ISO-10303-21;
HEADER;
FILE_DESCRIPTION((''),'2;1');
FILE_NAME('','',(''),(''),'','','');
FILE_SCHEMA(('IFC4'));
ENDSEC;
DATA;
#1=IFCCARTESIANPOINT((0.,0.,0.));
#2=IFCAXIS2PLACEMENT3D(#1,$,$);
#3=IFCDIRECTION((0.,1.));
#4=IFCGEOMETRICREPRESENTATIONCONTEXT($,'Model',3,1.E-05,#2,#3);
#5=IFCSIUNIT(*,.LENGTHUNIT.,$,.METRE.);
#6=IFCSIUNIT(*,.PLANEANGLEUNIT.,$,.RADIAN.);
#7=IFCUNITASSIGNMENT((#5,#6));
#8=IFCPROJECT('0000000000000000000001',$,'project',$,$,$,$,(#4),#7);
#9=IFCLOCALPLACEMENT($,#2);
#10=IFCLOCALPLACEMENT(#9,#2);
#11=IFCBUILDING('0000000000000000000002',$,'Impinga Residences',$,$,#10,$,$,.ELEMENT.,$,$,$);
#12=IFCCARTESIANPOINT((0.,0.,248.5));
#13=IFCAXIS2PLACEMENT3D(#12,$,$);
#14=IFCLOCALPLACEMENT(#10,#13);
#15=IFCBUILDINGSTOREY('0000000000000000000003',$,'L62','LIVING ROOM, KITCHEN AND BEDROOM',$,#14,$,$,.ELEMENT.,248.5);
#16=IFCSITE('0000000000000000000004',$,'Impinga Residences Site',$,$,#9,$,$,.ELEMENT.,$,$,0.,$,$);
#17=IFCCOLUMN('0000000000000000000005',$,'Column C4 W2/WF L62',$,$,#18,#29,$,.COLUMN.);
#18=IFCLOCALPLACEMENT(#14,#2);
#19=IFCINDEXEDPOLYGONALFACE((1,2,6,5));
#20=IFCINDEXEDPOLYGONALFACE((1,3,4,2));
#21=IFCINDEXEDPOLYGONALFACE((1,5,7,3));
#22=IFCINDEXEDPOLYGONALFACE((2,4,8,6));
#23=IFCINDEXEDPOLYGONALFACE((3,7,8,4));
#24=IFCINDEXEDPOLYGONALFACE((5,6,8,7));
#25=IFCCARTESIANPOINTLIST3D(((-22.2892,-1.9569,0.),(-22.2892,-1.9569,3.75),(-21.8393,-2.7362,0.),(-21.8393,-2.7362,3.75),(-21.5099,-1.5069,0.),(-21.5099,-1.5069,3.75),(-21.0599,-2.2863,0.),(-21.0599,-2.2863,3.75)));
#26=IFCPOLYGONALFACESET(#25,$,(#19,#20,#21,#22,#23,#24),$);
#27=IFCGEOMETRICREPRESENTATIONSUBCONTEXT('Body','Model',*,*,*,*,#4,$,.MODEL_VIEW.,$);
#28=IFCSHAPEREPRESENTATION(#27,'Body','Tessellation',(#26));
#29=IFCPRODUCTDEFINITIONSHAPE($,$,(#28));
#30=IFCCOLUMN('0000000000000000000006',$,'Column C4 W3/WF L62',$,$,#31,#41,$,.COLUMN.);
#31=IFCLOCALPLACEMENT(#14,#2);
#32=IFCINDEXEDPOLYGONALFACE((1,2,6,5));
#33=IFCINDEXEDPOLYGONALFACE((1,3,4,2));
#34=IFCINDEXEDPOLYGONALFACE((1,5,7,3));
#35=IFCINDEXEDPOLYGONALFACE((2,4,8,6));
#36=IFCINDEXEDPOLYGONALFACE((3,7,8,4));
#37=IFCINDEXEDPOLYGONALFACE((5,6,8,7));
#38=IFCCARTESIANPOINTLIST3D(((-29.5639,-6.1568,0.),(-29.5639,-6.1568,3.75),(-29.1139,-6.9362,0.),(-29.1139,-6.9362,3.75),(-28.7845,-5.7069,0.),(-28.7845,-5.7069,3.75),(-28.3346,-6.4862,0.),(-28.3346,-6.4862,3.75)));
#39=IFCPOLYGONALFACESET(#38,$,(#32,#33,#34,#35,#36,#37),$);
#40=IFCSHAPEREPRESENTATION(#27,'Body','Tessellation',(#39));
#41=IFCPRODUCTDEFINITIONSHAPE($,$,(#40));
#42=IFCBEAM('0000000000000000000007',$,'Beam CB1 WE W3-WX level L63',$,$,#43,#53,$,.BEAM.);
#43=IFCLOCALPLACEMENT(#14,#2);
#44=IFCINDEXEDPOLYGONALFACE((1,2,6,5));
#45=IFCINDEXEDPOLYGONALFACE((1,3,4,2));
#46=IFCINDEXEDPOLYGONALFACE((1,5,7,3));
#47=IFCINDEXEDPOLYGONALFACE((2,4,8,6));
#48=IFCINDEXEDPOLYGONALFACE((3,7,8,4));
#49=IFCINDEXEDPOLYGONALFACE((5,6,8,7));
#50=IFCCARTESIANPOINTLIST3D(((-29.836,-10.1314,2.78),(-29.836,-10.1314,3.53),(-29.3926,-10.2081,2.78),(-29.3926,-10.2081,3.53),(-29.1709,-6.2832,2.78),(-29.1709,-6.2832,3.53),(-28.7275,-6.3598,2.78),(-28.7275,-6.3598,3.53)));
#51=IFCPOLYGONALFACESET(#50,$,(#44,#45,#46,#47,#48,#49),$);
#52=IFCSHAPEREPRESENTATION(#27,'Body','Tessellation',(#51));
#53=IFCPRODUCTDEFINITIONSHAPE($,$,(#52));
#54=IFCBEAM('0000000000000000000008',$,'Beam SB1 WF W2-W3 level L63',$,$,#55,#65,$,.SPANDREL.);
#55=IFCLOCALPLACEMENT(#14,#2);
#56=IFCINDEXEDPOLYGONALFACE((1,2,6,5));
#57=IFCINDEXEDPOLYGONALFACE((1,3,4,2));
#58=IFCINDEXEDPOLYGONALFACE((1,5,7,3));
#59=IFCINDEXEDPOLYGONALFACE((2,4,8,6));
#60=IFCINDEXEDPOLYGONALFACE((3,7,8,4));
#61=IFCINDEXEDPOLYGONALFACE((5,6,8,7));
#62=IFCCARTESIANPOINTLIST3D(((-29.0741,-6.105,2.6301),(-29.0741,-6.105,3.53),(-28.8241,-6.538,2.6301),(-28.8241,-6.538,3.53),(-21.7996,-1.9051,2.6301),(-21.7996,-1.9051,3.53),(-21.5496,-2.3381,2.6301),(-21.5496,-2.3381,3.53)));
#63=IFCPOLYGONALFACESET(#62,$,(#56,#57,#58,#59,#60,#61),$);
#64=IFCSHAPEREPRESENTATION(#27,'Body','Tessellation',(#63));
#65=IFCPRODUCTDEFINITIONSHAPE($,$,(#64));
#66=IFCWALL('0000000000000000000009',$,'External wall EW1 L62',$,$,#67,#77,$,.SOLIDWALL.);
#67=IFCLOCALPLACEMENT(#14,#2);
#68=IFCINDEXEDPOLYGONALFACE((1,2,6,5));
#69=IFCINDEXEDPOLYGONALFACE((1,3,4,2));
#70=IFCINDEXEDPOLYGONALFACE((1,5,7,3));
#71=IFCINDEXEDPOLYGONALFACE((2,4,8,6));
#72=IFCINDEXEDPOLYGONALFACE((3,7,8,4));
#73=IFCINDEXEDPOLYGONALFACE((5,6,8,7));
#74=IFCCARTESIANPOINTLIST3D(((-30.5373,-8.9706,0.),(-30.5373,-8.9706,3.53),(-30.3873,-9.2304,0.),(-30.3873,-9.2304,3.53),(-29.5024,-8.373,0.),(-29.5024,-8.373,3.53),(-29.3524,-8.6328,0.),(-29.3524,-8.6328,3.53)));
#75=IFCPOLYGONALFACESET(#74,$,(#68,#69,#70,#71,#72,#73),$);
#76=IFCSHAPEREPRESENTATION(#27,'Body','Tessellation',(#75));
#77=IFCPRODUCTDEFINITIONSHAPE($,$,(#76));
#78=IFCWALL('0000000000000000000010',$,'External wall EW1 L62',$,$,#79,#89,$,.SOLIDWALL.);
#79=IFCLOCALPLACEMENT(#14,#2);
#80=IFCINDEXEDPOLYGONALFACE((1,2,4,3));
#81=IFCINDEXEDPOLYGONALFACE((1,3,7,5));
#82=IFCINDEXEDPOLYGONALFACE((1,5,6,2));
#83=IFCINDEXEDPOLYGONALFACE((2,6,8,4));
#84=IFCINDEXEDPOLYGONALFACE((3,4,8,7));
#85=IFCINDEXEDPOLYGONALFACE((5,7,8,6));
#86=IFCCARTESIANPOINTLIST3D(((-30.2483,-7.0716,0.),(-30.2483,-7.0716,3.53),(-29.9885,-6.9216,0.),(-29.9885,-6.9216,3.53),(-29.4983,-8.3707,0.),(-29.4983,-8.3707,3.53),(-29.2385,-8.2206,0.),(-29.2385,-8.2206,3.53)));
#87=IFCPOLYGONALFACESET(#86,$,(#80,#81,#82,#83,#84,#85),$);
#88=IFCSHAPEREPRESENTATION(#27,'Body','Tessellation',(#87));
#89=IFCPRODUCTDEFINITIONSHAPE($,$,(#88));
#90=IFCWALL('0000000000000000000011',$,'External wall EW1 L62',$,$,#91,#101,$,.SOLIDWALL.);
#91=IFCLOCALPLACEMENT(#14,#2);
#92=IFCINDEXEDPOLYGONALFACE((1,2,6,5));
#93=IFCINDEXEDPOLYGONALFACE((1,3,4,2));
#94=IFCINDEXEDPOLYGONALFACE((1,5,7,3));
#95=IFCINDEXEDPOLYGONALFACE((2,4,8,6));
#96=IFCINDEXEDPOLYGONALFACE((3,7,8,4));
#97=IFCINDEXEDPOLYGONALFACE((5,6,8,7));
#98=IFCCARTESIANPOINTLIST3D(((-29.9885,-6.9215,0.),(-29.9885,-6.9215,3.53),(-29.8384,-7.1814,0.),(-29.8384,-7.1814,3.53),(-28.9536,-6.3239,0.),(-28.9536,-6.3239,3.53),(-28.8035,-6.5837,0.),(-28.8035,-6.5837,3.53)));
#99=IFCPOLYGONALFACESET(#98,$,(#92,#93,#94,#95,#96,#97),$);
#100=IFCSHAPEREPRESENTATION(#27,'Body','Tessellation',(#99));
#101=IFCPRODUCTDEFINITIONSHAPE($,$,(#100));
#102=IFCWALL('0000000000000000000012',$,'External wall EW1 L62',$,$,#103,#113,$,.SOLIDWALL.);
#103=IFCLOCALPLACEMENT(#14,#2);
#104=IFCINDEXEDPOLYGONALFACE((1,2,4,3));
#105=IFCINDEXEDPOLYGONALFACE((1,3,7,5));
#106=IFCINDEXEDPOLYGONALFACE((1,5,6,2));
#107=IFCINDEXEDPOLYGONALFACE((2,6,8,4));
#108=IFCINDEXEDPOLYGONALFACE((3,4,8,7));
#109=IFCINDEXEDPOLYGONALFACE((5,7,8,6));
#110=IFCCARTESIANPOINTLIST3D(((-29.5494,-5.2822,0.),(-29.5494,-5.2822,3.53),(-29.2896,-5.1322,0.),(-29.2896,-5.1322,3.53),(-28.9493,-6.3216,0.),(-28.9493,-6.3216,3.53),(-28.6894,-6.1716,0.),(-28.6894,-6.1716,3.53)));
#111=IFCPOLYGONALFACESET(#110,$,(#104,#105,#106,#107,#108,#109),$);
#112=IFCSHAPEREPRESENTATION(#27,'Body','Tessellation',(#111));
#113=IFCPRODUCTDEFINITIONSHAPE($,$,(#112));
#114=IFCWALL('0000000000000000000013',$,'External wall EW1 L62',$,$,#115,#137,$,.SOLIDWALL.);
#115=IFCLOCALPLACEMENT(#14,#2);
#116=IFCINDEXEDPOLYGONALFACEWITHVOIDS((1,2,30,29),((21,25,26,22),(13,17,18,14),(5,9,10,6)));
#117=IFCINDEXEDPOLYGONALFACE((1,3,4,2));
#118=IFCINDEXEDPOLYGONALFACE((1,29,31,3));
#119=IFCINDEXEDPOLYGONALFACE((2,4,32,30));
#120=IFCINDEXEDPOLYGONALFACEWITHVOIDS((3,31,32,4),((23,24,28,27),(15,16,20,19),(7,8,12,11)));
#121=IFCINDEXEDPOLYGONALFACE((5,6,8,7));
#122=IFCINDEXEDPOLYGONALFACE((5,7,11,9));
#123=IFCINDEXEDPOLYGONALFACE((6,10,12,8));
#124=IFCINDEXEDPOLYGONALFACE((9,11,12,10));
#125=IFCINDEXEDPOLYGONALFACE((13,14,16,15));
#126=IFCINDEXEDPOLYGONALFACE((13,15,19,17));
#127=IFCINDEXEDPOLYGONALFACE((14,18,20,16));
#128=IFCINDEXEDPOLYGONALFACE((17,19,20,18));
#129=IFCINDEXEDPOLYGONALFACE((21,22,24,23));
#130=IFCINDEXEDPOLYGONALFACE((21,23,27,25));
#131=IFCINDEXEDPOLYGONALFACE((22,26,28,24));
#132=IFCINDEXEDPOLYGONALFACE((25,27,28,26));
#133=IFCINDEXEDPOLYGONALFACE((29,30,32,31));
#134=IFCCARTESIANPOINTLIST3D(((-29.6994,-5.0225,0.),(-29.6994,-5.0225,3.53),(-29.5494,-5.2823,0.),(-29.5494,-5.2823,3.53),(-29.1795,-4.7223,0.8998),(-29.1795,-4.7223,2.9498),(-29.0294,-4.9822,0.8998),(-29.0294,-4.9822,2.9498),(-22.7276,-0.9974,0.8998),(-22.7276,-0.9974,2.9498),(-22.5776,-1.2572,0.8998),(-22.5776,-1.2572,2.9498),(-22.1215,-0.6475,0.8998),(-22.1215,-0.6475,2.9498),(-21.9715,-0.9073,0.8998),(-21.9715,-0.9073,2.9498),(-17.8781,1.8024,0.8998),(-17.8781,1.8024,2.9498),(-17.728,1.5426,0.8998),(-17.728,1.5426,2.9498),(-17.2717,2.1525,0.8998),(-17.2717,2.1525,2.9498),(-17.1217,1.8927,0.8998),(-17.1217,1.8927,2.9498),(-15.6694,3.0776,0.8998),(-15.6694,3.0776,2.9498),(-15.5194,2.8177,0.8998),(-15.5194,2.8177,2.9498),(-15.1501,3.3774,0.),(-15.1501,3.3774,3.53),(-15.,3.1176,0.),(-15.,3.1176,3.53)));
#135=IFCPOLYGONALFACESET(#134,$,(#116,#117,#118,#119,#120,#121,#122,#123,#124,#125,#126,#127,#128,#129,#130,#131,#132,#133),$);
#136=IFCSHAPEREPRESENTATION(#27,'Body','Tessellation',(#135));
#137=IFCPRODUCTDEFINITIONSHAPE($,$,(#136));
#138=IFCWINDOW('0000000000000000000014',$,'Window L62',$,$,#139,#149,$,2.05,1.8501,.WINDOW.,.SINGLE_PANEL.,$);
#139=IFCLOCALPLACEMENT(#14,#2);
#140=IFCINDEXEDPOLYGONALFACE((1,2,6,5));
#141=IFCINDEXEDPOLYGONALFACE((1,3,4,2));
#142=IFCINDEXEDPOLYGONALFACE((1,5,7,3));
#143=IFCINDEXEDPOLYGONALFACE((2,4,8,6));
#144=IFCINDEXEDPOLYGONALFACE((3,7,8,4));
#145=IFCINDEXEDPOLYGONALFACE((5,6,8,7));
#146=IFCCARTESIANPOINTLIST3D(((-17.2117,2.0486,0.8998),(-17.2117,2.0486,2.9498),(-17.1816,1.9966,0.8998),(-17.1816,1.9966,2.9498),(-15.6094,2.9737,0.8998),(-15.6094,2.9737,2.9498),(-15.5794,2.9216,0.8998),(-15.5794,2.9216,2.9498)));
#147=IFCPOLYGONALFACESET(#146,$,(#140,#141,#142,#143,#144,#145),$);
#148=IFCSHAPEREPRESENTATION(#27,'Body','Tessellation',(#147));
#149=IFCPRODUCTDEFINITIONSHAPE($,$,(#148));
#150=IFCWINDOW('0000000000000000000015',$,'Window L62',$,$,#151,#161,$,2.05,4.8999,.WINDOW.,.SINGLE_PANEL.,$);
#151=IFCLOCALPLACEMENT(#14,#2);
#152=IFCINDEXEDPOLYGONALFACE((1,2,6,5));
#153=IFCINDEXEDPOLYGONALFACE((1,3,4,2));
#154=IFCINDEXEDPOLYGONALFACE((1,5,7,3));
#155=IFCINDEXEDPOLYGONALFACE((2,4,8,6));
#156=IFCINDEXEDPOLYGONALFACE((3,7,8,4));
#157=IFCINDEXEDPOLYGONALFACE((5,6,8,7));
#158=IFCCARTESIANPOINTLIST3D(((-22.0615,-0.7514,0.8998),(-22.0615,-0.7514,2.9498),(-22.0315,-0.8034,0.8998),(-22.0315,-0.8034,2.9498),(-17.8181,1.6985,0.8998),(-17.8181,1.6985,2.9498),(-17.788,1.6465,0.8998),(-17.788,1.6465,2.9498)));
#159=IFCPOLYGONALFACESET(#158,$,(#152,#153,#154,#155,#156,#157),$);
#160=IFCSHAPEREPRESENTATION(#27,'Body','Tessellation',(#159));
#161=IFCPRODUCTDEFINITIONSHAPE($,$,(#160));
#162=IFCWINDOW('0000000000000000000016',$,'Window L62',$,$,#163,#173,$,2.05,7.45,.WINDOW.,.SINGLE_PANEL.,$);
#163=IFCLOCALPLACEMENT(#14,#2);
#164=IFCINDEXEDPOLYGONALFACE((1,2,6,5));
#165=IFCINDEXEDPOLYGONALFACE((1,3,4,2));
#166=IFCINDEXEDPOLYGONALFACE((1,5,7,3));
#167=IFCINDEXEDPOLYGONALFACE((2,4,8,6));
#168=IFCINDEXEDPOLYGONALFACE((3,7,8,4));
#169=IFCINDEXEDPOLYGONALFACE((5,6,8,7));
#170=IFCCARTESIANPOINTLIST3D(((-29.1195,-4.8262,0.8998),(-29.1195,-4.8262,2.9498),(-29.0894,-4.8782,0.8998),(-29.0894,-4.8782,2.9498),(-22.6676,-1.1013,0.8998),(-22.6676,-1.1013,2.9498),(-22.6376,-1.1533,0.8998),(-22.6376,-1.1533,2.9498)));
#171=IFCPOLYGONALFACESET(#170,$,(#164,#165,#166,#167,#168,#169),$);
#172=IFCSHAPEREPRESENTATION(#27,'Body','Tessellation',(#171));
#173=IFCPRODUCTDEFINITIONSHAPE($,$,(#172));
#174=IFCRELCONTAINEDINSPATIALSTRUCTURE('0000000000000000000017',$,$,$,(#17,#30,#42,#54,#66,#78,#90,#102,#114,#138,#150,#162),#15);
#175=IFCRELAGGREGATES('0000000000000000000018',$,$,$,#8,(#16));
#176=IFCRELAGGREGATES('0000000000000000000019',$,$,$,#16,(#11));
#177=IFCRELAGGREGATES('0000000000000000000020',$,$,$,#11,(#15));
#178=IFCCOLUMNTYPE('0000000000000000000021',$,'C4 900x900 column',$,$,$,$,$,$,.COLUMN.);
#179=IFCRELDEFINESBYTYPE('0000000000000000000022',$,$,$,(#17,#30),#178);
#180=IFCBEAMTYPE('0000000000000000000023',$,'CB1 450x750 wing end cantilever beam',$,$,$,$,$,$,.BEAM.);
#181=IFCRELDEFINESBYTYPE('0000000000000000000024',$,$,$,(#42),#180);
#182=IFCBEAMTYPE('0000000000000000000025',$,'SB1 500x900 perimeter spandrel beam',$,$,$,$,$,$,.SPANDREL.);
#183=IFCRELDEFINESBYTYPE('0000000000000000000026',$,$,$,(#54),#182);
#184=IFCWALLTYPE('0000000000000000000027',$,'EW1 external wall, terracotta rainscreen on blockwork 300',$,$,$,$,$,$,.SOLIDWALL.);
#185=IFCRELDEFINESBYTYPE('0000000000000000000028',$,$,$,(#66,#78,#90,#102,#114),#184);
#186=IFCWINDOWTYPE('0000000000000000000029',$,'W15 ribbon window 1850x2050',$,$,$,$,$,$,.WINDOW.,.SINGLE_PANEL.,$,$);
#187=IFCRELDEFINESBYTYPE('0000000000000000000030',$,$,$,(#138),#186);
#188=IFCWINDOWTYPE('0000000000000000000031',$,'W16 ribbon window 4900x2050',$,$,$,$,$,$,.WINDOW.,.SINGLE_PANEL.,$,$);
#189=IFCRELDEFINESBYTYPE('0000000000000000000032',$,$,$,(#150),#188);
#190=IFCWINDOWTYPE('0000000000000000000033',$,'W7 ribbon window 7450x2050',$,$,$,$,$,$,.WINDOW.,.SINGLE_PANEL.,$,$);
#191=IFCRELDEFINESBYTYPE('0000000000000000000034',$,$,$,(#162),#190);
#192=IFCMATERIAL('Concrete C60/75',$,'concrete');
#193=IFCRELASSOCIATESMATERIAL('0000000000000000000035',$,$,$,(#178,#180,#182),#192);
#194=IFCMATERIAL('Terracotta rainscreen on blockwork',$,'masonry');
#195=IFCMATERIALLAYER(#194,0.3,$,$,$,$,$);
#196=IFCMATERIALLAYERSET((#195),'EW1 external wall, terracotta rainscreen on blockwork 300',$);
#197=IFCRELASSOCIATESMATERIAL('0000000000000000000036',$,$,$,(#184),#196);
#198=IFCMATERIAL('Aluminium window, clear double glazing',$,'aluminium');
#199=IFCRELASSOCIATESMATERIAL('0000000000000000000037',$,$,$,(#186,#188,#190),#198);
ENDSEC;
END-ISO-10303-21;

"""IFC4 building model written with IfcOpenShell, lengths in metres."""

from ifc_helpers import new_model, si_unit, direction, frame, frame_2d, origin, origin_2d, place, context, subcontext, project, spatial, rectangle, extrude, material, layer, layer_set, material_profile, profile_set, type_object, element, fill, save


model = new_model("IFC4")

# Units and contexts
model_context = context("Model", 3, precision=1e-05, world=origin(), true_north=direction((0.0, 1.0)))
body_context = subcontext(model_context, "Body", "Model", "MODEL_VIEW")
ifc_project = project(units=[si_unit("LENGTHUNIT", "METRE"), si_unit("PLANEANGLEUNIT", "RADIAN")], contexts=[model_context])

# Site, building, storey
site_placement = place(None, origin())
site = spatial("IfcSite", under=ifc_project, at=site_placement, Name="Impinga Residences Site", CompositionType="ELEMENT", RefElevation=0.0)
building_placement = place(site_placement, origin())
building = spatial("IfcBuilding", under=site, at=building_placement, Name="Impinga Residences", CompositionType="ELEMENT")
storey_placement = place(building_placement, frame((0.0, 0.0, 248.5)))
storey = spatial("IfcBuildingStorey", under=building, at=storey_placement, Name="L62", Description="LIVING ROOM, KITCHEN AND BEDROOM", CompositionType="ELEMENT", Elevation=248.5)

# Columns
ifc_material_1 = material(Name="Concrete C60/75", Category="concrete")
ifc_material_profile_1 = material_profile(ifc_material_1, rectangle(XDim=0.8999, YDim=0.8999, at=origin_2d()), Name="RC 900x900")
ifc_profile_set_1 = profile_set([ifc_material_profile_1], Name="Concrete C60/75")
column_type = type_object("IfcColumnType", Name="C4 900x900 column", PredefinedType="COLUMN", material=ifc_profile_set_1)
for number, where, z_axis, x_axis, name in (
    (1, (-21.6746, -2.1216, 0.0), (0.0, 0.0, 1.0), (-0.5, 0.866025, 0.0), "Column C4 W2/WF L62"),
    (2, (-28.9492, -6.3215, 0.0), (0.0, 0.0, 1.0), (-0.5, 0.866025, 0.0), "Column C4 W3/WF L62"),
):
    element("IfcColumn", number, at=place(storey_placement, frame(where, z_axis=z_axis, x_axis=x_axis)), inside=storey, type_object=column_type, Name=name, PredefinedType="COLUMN", context=body_context, shape_type="SweptSolid", body=[
        extrude(rectangle(XDim=0.8999, YDim=0.8999, at=origin_2d()), origin(), (0.0, 0.0, 1.0), 3.75),
    ])

# Beams
ifc_material_profile_2 = material_profile(ifc_material_1, rectangle(XDim=0.45, YDim=0.75, at=origin_2d()), Name="RC 450x750")
ifc_profile_set_2 = profile_set([ifc_material_profile_2], Name="Concrete C60/75")
beam_type_1 = type_object("IfcBeamType", Name="CB1 450x750 wing end cantilever beam", PredefinedType="BEAM", material=ifc_profile_set_2)
beam_1_placement = place(storey_placement, frame((-28.9492, -6.3215, 3.155), z_axis=(-0.170296, -0.985393, 0.0), x_axis=(0.985393, -0.170296, 0.0)))
element("IfcBeam", 3, at=beam_1_placement, inside=storey, type_object=beam_type_1, Name="Beam CB1 WE W3-WX level L63", PredefinedType="BEAM", context=body_context, shape_type="SweptSolid", body=[
    extrude(rectangle(XDim=0.45, YDim=0.75, at=origin_2d()), origin(), (0.0, 0.0, 1.0), 3.9053),
])
ifc_material_profile_3 = material_profile(ifc_material_1, rectangle(XDim=0.5, YDim=0.8999, at=origin_2d()), Name="RC 500x900")
ifc_profile_set_3 = profile_set([ifc_material_profile_3], Name="Concrete C60/75")
beam_type_2 = type_object("IfcBeamType", Name="SB1 500x900 perimeter spandrel beam", PredefinedType="SPANDREL", material=ifc_profile_set_3)
beam_2_placement = place(storey_placement, frame((-21.6746, -2.1216, 3.0801), z_axis=(-0.866029, -0.499993, 0.0), x_axis=(0.499993, -0.866029, 0.0)))
element("IfcBeam", 4, at=beam_2_placement, inside=storey, type_object=beam_type_2, Name="Beam SB1 WF W2-W3 level L63", PredefinedType="SPANDREL", context=body_context, shape_type="SweptSolid", body=[
    extrude(rectangle(XDim=0.5, YDim=0.8999, at=origin_2d()), origin(), (0.0, 0.0, 1.0), 8.3999),
])

# Walls
ifc_material_2 = material(Name="Terracotta rainscreen on blockwork", Category="masonry")
ifc_layer_1 = layer(ifc_material_2, 0.3)
ifc_layer_set_1 = layer_set([ifc_layer_1], Name="EW1 external wall, terracotta rainscreen on blockwork 300")
wall_type_1 = type_object("IfcWallType", Name="EW1 external wall, terracotta rainscreen on blockwork 300", PredefinedType="SOLIDWALL", material=ifc_layer_set_1)
wall_1_placement = place(storey_placement, frame((-30.4624, -9.1006, 0.0), z_axis=(0.0, 0.0, 1.0), x_axis=(0.865971, 0.500094, 0.0)))
element("IfcWall", 5, at=wall_1_placement, inside=storey, type_object=wall_type_1, Name="External wall EW1 L62", PredefinedType="SOLIDWALL", context=body_context, shape_type="SweptSolid", body=[
    extrude(rectangle(XDim=1.1951, YDim=0.3, at=frame_2d((0.5977, 0.0))), origin(), (0.0, 0.0, 1.0), 3.53),
])
wall_2_placement = place(storey_placement, frame((-29.3684, -8.2957, 0.0), z_axis=(0.0, 0.0, 1.0), x_axis=(-0.49999, 0.866031, 0.0)))
element("IfcWall", 6, at=wall_2_placement, inside=storey, type_object=wall_type_1, Name="External wall EW1 L62", PredefinedType="SOLIDWALL", context=body_context, shape_type="SweptSolid", body=[
    extrude(rectangle(XDim=1.5, YDim=0.3, at=frame_2d((0.75, 0.0))), origin(), (0.0, 0.0, 1.0), 3.53),
])
wall_3_placement = place(storey_placement, frame((-29.9136, -7.0515, 0.0), z_axis=(0.0, 0.0, 1.0), x_axis=(0.865971, 0.500094, 0.0)))
element("IfcWall", 7, at=wall_3_placement, inside=storey, type_object=wall_type_1, Name="External wall EW1 L62", PredefinedType="SOLIDWALL", context=body_context, shape_type="SweptSolid", body=[
    extrude(rectangle(XDim=1.1951, YDim=0.3, at=frame_2d((0.5977, 0.0))), origin(), (0.0, 0.0, 1.0), 3.53),
])
wall_4_placement = place(storey_placement, frame((-28.8193, -6.2466, 0.0), z_axis=(0.0, 0.0, 1.0), x_axis=(-0.500034, 0.866006, 0.0)))
element("IfcWall", 8, at=wall_4_placement, inside=storey, type_object=wall_type_1, Name="External wall EW1 L62", PredefinedType="SOLIDWALL", context=body_context, shape_type="SweptSolid", body=[
    extrude(rectangle(XDim=1.2002, YDim=0.3, at=frame_2d((0.6001, 0.0))), origin(), (0.0, 0.0, 1.0), 3.53),
])

# Wall, openings, windows
wall_5_placement = place(storey_placement, frame((-29.6243, -5.1523, 0.0), z_axis=(0.0, 0.0, 1.0), x_axis=(0.866029, 0.499993, 0.0)))
wall_5 = element("IfcWall", 9, at=wall_5_placement, inside=storey, type_object=wall_type_1, Name="External wall EW1 L62", PredefinedType="SOLIDWALL", context=body_context, shape_type="SweptSolid", body=[
    extrude(rectangle(XDim=16.8, YDim=0.3, at=frame_2d((8.3999, 0.0))), origin(), (0.0, 0.0, 1.0), 3.53),
])
opening_1_placement = place(wall_5_placement, frame((0.6001, 0.0, 0.8999)))
opening_1 = element("IfcOpeningElement", 10, at=opening_1_placement, cuts=wall_5, PredefinedType="OPENING", context=body_context, shape_type="SweptSolid", body=[
    extrude(rectangle(XDim=7.45, YDim=2.05, at=frame_2d((3.7251, 1.0249))), frame((0.0, 0.1599, 0.0), z_axis=(0.0, -1.0, 0.0), x_axis=(1.0, 0.0, 0.0)), (0.0, 0.0, 1.0), 0.3201),
])
opening_2_placement = place(wall_5_placement, frame((8.75, 0.0, 0.8999)))
opening_2 = element("IfcOpeningElement", 11, at=opening_2_placement, cuts=wall_5, PredefinedType="OPENING", context=body_context, shape_type="SweptSolid", body=[
    extrude(rectangle(XDim=4.8999, YDim=2.05, at=frame_2d((2.45, 1.0249))), frame((0.0, 0.1599, 0.0), z_axis=(0.0, -1.0, 0.0), x_axis=(1.0, 0.0, 0.0)), (0.0, 0.0, 1.0), 0.3201),
])
opening_3_placement = place(wall_5_placement, frame((14.3501, 0.0, 0.8999)))
opening_3 = element("IfcOpeningElement", 12, at=opening_3_placement, cuts=wall_5, PredefinedType="OPENING", context=body_context, shape_type="SweptSolid", body=[
    extrude(rectangle(XDim=1.8501, YDim=2.05, at=frame_2d((0.925, 1.0249))), frame((0.0, 0.1599, 0.0), z_axis=(0.0, -1.0, 0.0), x_axis=(1.0, 0.0, 0.0)), (0.0, 0.0, 1.0), 0.3201),
])
ifc_material_3 = material(Name="Aluminium window, clear double glazing", Category="aluminium")
window_type_1 = type_object("IfcWindowType", Name="W15 ribbon window 1850x2050", PartitioningType="SINGLE_PANEL", PredefinedType="WINDOW", material=ifc_material_3)
window_1_placement = place(opening_3_placement, origin())
window_1 = element("IfcWindow", 13, at=window_1_placement, inside=storey, type_object=window_type_1, Name="Window L62", OverallHeight=2.05, OverallWidth=1.8501, PartitioningType="SINGLE_PANEL", PredefinedType="WINDOW", context=body_context, shape_type="SweptSolid", body=[
    extrude(rectangle(XDim=1.8501, YDim=2.05, at=frame_2d((0.925, 1.0249))), frame((0.0, 0.03, 0.0), z_axis=(0.0, -1.0, 0.0), x_axis=(1.0, 0.0, 0.0)), (0.0, 0.0, 1.0), 0.0601),
])
fill(opening_3, window_1)
window_type_2 = type_object("IfcWindowType", Name="W16 ribbon window 4900x2050", PartitioningType="SINGLE_PANEL", PredefinedType="WINDOW", material=ifc_material_3)
window_2_placement = place(opening_2_placement, origin())
window_2 = element("IfcWindow", 14, at=window_2_placement, inside=storey, type_object=window_type_2, Name="Window L62", OverallHeight=2.05, OverallWidth=4.8999, PartitioningType="SINGLE_PANEL", PredefinedType="WINDOW", context=body_context, shape_type="SweptSolid", body=[
    extrude(rectangle(XDim=4.8999, YDim=2.05, at=frame_2d((2.45, 1.0249))), frame((0.0, 0.03, 0.0), z_axis=(0.0, -1.0, 0.0), x_axis=(1.0, 0.0, 0.0)), (0.0, 0.0, 1.0), 0.0601),
])
fill(opening_2, window_2)
window_type_3 = type_object("IfcWindowType", Name="W7 ribbon window 7450x2050", PartitioningType="SINGLE_PANEL", PredefinedType="WINDOW", material=ifc_material_3)
window_3_placement = place(opening_1_placement, origin())
window_3 = element("IfcWindow", 15, at=window_3_placement, inside=storey, type_object=window_type_3, Name="Window L62", OverallHeight=2.05, OverallWidth=7.45, PartitioningType="SINGLE_PANEL", PredefinedType="WINDOW", context=body_context, shape_type="SweptSolid", body=[
    extrude(rectangle(XDim=7.45, YDim=2.05, at=frame_2d((3.7251, 1.0249))), frame((0.0, 0.03, 0.0), z_axis=(0.0, -1.0, 0.0), x_axis=(1.0, 0.0, 0.0)), (0.0, 0.0, 1.0), 0.0601),
])
fill(opening_1, window_3)

save(model, "model.ifc")
